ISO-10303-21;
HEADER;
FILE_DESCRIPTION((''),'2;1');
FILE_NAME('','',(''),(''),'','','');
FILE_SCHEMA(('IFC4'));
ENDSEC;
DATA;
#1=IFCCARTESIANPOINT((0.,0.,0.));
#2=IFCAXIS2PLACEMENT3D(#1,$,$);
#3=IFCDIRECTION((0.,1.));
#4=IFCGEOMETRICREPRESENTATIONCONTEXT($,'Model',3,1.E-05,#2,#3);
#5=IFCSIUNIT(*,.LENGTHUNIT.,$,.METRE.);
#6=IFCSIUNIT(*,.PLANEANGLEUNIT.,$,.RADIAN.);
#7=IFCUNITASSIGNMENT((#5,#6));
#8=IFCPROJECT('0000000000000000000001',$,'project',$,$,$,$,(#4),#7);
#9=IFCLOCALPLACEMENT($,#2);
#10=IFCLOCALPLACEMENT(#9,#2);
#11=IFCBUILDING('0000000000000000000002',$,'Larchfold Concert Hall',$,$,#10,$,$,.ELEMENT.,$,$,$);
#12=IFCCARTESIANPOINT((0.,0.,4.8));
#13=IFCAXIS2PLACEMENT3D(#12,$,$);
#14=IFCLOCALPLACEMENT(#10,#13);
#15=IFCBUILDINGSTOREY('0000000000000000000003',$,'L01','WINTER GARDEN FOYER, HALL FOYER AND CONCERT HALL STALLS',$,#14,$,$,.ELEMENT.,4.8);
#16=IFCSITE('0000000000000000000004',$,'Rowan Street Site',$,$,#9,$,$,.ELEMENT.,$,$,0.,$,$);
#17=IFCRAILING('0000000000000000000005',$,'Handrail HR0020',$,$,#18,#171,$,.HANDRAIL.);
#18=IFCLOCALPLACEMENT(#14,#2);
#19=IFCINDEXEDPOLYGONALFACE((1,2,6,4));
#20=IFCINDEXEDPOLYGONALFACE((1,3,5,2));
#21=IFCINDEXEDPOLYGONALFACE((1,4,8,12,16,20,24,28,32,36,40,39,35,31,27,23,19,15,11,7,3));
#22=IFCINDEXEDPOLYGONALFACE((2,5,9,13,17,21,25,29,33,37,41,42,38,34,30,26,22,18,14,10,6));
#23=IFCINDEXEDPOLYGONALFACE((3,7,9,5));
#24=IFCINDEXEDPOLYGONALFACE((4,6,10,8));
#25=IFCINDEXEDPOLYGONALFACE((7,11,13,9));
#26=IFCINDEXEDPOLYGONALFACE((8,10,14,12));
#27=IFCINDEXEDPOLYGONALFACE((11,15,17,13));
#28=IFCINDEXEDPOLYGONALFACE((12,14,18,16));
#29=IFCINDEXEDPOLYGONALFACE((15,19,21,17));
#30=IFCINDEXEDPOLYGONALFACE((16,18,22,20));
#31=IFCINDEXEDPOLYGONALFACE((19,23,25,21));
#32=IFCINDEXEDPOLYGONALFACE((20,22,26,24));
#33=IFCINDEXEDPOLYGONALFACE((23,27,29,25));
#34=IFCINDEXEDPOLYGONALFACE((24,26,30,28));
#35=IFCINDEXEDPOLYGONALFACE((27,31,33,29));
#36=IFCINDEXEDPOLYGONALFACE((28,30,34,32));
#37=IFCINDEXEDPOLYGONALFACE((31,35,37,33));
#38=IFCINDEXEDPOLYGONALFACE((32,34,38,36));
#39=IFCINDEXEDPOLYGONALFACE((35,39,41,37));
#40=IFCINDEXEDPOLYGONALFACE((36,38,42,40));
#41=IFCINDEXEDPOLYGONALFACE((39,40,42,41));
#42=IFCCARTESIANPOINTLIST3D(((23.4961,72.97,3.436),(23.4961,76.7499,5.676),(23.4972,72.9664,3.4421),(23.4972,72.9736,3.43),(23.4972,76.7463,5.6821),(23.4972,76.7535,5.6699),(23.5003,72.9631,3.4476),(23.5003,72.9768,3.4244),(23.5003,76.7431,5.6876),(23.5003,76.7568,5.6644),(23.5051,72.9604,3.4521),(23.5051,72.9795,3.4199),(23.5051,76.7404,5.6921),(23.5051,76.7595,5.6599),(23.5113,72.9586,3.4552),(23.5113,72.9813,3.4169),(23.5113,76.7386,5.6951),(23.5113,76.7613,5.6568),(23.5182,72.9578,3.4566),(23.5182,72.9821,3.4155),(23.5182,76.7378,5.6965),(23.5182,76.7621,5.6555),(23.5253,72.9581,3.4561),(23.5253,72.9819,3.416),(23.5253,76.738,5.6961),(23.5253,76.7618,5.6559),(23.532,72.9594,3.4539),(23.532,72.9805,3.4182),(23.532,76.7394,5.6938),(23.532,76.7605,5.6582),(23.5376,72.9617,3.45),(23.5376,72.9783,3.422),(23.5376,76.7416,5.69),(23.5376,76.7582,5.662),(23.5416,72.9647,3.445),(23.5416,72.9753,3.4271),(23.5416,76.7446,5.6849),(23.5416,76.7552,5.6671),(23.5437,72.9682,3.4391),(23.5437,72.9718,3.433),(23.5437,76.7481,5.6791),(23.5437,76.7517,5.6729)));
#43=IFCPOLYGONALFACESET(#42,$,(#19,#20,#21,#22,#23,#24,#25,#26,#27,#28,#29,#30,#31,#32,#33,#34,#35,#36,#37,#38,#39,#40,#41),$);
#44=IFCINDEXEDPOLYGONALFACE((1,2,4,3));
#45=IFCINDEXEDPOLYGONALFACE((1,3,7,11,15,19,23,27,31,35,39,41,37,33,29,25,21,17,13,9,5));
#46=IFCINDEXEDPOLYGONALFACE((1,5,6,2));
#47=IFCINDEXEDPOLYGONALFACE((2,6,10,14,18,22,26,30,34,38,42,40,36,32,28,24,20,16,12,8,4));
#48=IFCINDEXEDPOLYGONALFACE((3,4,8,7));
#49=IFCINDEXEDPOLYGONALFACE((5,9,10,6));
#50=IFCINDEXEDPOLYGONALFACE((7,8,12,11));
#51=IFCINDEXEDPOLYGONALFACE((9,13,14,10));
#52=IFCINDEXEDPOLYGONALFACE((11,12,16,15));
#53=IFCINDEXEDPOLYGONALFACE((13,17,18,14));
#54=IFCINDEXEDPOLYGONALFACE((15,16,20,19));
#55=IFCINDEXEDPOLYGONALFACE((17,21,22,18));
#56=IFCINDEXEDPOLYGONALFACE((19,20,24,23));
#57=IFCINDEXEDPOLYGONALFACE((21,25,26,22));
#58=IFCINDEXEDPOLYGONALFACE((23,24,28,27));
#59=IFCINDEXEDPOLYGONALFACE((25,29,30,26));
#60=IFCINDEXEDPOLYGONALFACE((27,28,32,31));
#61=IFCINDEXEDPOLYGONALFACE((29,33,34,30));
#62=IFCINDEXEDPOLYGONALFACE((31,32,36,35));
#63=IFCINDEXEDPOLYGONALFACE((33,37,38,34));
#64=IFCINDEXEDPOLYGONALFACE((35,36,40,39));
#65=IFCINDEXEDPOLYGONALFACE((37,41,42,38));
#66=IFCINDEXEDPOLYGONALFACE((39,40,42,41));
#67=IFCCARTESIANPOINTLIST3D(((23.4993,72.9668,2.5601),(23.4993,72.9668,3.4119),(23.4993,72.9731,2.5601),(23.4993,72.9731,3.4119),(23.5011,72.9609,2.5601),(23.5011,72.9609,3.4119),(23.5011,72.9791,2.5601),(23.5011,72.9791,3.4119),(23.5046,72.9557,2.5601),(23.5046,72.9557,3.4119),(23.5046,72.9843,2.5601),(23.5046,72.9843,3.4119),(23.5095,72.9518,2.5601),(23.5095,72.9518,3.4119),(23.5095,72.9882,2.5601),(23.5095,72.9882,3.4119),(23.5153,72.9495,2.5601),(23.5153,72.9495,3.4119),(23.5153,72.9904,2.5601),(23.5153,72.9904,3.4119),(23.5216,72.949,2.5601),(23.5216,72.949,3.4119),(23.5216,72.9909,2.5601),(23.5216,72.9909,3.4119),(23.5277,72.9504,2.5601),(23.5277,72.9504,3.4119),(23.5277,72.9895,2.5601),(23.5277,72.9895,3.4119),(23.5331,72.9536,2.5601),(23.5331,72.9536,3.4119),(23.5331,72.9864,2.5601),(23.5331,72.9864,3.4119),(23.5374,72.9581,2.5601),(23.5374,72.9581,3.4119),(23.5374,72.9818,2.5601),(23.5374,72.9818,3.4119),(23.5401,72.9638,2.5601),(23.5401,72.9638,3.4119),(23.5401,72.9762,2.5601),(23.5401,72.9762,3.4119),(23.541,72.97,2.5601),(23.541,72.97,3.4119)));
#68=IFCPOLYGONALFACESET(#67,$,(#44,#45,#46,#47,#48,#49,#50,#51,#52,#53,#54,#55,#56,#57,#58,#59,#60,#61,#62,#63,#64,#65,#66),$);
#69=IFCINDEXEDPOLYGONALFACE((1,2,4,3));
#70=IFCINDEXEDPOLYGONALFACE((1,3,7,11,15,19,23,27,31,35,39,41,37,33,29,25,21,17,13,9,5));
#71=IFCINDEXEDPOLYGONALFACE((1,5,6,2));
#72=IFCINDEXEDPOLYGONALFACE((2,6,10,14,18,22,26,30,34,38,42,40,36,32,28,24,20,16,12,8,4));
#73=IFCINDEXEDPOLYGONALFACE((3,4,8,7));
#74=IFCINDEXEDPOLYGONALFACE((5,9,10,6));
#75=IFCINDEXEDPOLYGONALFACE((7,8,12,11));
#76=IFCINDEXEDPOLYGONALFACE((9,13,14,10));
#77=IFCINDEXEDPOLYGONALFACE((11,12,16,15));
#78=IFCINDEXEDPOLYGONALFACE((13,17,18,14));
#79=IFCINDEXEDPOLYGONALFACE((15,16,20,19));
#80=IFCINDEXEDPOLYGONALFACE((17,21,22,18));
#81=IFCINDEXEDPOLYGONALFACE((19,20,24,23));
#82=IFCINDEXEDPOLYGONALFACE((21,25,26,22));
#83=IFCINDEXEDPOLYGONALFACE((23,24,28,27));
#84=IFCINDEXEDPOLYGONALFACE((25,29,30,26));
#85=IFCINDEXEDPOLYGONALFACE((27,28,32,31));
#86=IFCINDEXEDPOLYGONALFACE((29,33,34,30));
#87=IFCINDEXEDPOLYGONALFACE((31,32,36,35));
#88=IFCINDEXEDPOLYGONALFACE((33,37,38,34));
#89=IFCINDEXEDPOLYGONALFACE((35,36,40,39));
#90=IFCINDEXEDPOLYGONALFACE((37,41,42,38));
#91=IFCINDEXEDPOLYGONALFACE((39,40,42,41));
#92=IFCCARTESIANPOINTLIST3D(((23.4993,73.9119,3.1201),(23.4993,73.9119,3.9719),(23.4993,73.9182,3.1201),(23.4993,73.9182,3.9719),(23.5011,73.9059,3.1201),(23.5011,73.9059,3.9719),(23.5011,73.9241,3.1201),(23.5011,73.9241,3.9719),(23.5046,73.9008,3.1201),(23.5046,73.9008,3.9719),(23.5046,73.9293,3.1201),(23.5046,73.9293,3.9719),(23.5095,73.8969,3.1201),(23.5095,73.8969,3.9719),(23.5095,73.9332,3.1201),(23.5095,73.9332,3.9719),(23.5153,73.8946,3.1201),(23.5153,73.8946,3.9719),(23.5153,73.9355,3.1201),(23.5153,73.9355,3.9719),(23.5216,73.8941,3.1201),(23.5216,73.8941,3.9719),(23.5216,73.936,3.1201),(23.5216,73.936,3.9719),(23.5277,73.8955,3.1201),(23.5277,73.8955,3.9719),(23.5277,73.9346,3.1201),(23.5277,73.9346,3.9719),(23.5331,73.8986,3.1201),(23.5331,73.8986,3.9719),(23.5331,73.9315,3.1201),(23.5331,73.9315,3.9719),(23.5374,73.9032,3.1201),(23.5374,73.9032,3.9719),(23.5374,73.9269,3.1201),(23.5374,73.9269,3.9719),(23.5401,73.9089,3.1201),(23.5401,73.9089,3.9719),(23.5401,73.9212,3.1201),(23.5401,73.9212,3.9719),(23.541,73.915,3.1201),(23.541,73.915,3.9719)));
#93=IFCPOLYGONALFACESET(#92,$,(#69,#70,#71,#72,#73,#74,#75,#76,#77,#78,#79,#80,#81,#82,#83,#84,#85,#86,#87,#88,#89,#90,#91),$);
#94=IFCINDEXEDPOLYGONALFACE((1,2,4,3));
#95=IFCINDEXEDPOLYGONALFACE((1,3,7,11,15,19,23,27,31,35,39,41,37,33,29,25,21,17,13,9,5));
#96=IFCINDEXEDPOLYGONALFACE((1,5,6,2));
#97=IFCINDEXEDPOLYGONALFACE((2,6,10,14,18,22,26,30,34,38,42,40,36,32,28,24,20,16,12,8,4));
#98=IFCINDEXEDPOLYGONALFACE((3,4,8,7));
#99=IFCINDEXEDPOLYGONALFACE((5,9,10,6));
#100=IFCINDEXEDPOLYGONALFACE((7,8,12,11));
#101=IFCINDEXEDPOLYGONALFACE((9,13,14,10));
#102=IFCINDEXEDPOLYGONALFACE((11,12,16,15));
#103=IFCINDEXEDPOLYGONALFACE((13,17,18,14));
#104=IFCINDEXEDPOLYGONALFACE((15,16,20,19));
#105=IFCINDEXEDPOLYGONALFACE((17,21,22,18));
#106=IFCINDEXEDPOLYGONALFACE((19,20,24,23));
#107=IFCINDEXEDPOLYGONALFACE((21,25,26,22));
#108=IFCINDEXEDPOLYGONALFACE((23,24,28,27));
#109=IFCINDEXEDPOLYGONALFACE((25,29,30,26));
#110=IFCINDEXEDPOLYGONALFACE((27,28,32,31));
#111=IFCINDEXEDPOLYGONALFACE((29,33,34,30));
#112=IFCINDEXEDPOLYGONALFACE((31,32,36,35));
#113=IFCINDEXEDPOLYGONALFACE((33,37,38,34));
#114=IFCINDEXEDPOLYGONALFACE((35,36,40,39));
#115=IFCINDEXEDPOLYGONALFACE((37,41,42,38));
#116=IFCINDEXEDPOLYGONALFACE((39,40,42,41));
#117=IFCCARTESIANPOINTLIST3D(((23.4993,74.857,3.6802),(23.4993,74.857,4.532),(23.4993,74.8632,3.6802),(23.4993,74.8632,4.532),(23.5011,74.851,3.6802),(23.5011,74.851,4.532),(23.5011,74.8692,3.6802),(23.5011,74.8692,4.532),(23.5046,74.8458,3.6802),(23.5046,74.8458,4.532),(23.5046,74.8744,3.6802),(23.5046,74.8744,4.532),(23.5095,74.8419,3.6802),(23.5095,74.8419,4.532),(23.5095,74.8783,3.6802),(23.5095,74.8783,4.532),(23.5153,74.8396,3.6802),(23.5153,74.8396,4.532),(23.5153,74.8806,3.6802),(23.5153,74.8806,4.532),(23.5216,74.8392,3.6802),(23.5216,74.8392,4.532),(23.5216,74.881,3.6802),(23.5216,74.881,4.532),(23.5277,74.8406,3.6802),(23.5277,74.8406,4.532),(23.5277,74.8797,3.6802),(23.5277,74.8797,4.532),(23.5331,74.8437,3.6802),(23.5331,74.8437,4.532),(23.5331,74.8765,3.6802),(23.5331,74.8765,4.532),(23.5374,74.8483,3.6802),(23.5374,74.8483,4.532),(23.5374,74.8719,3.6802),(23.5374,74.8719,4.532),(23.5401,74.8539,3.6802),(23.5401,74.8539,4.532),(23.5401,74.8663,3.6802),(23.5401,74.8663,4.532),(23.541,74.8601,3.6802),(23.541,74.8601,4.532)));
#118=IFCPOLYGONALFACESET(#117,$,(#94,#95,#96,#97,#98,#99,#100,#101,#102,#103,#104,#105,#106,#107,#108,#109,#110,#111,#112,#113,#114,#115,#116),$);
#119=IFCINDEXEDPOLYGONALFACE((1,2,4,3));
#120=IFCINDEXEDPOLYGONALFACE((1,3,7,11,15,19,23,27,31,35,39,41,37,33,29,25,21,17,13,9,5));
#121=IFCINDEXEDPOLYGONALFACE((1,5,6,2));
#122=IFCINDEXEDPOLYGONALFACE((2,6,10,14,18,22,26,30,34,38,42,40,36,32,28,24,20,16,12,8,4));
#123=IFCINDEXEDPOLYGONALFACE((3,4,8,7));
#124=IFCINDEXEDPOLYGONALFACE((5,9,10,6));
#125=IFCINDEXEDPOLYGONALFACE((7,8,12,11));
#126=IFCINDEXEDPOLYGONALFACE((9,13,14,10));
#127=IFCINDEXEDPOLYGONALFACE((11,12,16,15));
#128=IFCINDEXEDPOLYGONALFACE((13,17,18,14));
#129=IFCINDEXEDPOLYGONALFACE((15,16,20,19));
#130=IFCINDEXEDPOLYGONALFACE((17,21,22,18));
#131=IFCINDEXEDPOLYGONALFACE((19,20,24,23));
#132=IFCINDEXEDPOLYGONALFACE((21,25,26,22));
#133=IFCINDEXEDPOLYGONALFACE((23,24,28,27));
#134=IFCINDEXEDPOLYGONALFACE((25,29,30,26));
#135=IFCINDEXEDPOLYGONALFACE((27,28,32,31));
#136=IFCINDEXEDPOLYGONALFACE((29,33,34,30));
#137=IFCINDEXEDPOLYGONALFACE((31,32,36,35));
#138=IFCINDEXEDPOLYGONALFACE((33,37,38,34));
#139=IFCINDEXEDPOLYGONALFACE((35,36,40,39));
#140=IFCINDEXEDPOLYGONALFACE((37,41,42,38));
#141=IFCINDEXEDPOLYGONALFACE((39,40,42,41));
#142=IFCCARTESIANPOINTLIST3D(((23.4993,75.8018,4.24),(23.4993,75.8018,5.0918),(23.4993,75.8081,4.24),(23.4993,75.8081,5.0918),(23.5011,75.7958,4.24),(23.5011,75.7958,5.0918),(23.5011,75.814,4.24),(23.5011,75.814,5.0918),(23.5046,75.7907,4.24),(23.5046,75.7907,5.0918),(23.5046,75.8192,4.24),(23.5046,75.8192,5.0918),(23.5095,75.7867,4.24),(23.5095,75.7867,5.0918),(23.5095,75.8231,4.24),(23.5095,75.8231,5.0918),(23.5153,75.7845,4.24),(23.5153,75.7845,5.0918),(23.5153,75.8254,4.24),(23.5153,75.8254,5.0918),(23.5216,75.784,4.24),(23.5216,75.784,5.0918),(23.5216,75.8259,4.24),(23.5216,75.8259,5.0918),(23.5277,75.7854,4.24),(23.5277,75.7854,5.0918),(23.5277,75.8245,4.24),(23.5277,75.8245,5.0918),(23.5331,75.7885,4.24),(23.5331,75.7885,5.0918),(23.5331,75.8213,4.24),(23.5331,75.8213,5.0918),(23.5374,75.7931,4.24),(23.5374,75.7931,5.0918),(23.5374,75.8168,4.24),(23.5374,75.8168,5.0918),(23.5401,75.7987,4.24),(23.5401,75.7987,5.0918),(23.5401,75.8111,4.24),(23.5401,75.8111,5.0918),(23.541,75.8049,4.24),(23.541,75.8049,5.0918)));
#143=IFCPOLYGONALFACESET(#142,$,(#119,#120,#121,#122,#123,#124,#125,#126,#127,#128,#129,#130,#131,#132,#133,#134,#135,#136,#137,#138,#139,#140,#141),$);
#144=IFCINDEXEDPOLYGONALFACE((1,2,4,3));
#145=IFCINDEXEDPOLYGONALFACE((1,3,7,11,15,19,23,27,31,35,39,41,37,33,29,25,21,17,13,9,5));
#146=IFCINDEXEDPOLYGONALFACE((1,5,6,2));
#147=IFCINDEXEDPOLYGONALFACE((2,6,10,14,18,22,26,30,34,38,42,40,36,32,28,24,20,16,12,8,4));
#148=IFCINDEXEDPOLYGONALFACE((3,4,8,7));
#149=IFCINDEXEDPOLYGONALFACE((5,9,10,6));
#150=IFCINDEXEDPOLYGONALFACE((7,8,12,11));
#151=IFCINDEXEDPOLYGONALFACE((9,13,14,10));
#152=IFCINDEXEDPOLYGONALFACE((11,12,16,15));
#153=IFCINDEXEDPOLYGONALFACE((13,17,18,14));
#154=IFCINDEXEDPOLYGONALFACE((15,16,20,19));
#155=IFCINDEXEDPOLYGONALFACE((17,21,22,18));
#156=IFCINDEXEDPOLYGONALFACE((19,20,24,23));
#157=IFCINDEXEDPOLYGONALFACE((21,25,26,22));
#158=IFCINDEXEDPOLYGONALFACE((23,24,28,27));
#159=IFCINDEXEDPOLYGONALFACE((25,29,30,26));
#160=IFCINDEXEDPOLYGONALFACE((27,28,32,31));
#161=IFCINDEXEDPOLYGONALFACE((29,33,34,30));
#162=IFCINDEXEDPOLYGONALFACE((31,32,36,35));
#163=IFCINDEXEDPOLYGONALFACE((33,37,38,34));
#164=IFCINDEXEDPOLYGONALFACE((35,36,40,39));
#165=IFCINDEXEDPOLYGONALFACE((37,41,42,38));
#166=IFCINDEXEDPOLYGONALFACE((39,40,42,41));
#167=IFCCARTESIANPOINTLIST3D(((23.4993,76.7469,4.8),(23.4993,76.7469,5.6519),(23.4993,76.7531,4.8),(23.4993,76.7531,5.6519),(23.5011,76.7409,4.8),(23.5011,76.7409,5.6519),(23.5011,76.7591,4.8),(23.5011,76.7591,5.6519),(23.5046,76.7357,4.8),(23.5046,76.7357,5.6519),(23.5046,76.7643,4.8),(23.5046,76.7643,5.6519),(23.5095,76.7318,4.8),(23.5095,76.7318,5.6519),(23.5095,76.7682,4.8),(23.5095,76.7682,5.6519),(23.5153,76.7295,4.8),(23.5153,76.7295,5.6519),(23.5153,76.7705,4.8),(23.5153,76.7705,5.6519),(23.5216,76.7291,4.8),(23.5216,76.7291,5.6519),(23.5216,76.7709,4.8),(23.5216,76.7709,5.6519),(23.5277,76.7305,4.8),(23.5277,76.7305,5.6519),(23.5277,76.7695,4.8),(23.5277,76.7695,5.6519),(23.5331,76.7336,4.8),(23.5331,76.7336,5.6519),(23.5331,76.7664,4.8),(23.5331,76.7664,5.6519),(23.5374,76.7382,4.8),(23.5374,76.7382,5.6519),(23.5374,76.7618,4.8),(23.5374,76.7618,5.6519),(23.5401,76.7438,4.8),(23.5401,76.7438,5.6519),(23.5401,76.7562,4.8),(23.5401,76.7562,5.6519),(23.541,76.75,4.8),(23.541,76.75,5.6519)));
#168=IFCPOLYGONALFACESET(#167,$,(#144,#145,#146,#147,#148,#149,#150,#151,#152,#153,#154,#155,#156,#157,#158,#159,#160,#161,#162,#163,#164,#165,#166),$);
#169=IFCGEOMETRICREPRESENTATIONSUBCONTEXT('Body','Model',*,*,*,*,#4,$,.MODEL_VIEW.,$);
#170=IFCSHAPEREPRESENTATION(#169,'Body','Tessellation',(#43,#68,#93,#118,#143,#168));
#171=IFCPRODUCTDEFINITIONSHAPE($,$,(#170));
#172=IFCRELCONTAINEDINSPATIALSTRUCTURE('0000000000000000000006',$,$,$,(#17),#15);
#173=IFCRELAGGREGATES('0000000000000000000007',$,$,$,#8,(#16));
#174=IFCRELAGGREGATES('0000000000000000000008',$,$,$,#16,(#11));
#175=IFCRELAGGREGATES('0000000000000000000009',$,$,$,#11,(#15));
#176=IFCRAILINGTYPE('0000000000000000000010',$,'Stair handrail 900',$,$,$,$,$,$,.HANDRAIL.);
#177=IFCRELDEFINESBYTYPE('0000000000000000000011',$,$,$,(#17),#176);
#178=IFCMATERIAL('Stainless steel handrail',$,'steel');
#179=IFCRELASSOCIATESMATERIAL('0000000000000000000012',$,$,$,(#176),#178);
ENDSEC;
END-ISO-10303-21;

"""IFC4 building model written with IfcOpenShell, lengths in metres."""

from ifc_helpers import new_model, si_unit, direction, frame, origin, origin_2d, place, context, subcontext, project, spatial, circle, extrude, material, type_object, element, save


model = new_model("IFC4")

# Units and contexts
model_context = context("Model", 3, precision=1e-05, world=origin(), true_north=direction((0.0, 1.0)))
body_context = subcontext(model_context, "Body", "Model", "MODEL_VIEW")
ifc_project = project(units=[si_unit("LENGTHUNIT", "METRE"), si_unit("PLANEANGLEUNIT", "RADIAN")], contexts=[model_context])

# Site, building, storey
site_placement = place(None, origin())
site = spatial("IfcSite", under=ifc_project, at=site_placement, Name="Rowan Street Site", CompositionType="ELEMENT", RefElevation=0.0)
building_placement = place(site_placement, origin())
building = spatial("IfcBuilding", under=site, at=building_placement, Name="Larchfold Concert Hall", CompositionType="ELEMENT")
storey_placement = place(building_placement, frame((0.0, 0.0, 4.8)))
storey = spatial("IfcBuildingStorey", under=building, at=storey_placement, Name="L01", Description="WINTER GARDEN FOYER, HALL FOYER AND CONCERT HALL STALLS", CompositionType="ELEMENT", Elevation=4.8)

# Railing
ifc_material_1 = material(Name="Stainless steel handrail", Category="steel")
railing_type_1 = type_object("IfcRailingType", Name="Stair handrail 900", PredefinedType="HANDRAIL", material=ifc_material_1)
railing_1_placement = place(storey_placement, frame((23.52, 72.97, 2.5601)))
element("IfcRailing", 1, at=railing_1_placement, inside=storey, type_object=railing_type_1, Name="Handrail HR0020", PredefinedType="HANDRAIL", context=body_context, shape_type="SweptSolid", body=[
    extrude(circle(Radius=0.0239, at=origin_2d()), frame((0.0, 0.0, 0.876), z_axis=(0.0, 0.860294, 0.509798), x_axis=(-1.0, 0.0, 0.0)), (0.0, 0.0, 1.0), 4.3938),
    extrude(circle(Radius=0.021, at=origin_2d()), origin(), (0.0, 0.0, 1.0), 0.8518),
    extrude(circle(Radius=0.021, at=origin_2d()), frame((0.0, 0.9451, 0.5601)), (0.0, 0.0, 1.0), 0.8518),
    extrude(circle(Radius=0.021, at=origin_2d()), frame((0.0, 1.8901, 1.1201)), (0.0, 0.0, 1.0), 0.8518),
    extrude(circle(Radius=0.021, at=origin_2d()), frame((0.0, 2.835, 1.6799)), (0.0, 0.0, 1.0), 0.8518),
    extrude(circle(Radius=0.021, at=origin_2d()), frame((0.0, 3.78, 2.24)), (0.0, 0.0, 1.0), 0.8518),
])

save(model, "model.ifc")
